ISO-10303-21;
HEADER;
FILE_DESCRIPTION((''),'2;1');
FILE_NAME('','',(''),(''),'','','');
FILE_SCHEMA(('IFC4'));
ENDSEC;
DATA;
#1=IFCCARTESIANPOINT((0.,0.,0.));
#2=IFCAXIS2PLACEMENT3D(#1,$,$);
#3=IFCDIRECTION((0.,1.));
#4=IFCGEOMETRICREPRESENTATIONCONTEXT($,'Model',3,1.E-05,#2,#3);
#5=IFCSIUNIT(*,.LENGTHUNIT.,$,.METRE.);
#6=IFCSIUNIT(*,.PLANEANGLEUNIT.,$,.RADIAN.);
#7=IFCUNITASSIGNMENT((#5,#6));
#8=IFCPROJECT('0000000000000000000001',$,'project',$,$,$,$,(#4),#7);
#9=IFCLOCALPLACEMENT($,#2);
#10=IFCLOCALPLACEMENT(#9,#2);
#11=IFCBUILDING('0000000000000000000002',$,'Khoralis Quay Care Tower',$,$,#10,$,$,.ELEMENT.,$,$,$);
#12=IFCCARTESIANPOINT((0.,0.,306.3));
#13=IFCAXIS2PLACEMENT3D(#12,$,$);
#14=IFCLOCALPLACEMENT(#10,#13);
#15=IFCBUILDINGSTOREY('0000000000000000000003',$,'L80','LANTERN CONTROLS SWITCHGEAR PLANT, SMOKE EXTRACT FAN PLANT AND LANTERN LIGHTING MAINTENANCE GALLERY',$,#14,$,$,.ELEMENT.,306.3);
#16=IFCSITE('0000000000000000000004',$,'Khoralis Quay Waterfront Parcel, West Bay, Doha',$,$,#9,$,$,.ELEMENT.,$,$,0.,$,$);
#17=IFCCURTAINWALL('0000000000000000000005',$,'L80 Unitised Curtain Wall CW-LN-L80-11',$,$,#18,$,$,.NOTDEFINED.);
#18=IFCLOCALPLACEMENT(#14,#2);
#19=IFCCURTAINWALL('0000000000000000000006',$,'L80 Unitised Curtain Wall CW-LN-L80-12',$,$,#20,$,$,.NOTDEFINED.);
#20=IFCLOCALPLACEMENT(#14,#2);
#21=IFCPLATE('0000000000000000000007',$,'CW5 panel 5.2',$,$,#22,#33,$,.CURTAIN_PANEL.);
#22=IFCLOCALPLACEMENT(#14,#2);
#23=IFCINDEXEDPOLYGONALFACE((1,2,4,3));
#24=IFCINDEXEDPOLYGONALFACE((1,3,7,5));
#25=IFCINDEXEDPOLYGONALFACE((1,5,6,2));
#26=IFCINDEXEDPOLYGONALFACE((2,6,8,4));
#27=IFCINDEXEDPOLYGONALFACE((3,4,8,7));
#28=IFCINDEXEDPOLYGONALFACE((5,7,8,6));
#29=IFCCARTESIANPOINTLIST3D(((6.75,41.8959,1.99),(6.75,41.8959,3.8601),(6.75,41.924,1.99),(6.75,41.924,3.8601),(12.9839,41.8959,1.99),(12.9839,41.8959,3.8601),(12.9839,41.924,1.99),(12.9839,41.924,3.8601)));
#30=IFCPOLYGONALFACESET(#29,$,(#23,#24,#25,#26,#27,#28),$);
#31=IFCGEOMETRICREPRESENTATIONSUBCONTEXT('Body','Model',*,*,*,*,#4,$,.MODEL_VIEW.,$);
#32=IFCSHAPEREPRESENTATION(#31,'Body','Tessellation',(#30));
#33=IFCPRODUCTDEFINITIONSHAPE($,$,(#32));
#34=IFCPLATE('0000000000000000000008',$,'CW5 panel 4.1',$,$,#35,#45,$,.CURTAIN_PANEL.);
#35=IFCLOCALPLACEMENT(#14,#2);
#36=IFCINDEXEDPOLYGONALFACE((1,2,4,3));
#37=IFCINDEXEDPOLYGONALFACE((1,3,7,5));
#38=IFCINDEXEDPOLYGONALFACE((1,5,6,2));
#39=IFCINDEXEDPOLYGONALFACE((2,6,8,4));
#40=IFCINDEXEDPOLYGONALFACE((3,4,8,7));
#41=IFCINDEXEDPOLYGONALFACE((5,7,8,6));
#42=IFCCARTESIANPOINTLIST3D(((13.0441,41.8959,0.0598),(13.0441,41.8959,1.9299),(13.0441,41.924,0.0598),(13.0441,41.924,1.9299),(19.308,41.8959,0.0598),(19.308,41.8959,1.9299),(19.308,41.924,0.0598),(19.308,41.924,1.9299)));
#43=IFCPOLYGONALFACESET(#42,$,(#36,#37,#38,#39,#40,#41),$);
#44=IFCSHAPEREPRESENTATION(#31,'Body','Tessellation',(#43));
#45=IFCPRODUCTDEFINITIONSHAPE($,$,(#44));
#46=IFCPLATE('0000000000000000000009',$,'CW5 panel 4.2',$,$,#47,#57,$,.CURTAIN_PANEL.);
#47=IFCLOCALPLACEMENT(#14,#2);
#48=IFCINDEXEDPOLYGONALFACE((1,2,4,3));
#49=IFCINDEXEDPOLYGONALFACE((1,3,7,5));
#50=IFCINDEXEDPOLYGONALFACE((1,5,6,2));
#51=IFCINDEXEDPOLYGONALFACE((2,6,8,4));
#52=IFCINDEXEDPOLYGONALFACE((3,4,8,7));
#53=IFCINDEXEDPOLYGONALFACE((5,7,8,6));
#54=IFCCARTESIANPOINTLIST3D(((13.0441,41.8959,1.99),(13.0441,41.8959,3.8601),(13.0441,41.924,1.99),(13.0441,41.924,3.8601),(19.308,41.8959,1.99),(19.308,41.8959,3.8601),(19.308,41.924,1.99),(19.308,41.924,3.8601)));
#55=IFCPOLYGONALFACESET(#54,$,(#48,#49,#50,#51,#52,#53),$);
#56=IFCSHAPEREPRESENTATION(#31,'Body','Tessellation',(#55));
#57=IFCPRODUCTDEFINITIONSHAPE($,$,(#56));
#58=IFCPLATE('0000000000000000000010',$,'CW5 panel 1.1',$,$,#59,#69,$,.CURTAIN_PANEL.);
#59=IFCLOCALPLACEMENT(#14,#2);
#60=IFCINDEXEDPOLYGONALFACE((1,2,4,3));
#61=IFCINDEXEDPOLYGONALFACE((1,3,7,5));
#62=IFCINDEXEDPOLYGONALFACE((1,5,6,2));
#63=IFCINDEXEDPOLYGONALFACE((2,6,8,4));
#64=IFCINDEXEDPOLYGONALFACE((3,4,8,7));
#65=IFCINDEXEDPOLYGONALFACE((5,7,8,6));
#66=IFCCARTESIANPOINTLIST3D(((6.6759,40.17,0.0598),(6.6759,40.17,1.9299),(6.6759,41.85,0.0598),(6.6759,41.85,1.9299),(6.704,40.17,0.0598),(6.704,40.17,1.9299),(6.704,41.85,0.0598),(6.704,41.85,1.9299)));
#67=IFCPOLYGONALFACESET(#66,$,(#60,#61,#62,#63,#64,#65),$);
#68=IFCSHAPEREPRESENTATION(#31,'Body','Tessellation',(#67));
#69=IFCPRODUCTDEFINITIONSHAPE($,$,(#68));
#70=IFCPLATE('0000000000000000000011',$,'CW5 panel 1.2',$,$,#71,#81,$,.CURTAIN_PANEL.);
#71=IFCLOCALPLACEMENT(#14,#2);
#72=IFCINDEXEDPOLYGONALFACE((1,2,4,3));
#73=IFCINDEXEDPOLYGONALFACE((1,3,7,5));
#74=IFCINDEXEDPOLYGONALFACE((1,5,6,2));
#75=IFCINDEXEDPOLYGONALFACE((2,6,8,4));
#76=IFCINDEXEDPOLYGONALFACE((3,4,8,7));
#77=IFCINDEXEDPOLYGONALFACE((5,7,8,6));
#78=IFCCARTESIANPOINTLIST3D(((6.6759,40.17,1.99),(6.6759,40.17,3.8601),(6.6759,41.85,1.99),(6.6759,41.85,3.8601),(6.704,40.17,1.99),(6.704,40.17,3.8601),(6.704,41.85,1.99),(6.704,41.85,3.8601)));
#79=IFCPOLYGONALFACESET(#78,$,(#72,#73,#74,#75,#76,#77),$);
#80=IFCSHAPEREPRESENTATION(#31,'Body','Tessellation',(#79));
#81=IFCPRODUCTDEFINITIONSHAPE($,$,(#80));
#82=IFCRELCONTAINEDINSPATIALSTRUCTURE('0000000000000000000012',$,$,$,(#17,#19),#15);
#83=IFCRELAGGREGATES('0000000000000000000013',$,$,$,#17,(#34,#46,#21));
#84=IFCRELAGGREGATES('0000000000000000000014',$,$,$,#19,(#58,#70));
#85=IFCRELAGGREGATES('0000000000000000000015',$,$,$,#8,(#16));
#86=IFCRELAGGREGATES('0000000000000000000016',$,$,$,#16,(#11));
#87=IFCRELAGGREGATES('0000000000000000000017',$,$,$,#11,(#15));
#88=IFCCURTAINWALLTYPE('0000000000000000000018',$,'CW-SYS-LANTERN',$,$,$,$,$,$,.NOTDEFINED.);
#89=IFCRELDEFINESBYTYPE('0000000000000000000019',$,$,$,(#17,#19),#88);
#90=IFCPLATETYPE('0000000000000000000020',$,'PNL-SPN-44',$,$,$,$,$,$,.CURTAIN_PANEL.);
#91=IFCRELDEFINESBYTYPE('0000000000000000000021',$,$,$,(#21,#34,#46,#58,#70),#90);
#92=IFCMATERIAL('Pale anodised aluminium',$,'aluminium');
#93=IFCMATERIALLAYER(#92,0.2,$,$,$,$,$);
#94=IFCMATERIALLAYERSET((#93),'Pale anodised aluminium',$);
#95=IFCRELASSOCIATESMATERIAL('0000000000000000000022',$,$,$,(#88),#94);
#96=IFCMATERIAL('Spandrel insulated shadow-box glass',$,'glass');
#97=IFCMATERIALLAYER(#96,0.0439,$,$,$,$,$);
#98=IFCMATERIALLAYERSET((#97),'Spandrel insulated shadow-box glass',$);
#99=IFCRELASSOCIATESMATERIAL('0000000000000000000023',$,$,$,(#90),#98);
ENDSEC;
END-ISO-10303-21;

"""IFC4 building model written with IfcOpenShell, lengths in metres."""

from ifc_helpers import new_model, si_unit, direction, frame, origin, origin_2d, place, context, subcontext, project, spatial, rectangle, extrude, source, transform, mapped, material, layer, layer_set, type_object, element, aggregate, save


model = new_model("IFC4")

# Units and contexts
model_context = context("Model", 3, precision=1e-05, world=origin(), true_north=direction((0.0, 1.0)))
body_context = subcontext(model_context, "Body", "Model", "MODEL_VIEW")
ifc_project = project(units=[si_unit("LENGTHUNIT", "METRE"), si_unit("PLANEANGLEUNIT", "RADIAN")], contexts=[model_context])

# Site, building, storey
site_placement = place(None, origin())
site = spatial("IfcSite", under=ifc_project, at=site_placement, Name="Khoralis Quay Waterfront Parcel, West Bay, Doha", CompositionType="ELEMENT", RefElevation=0.0)
building_placement = place(site_placement, origin())
building = spatial("IfcBuilding", under=site, at=building_placement, Name="Khoralis Quay Care Tower", CompositionType="ELEMENT")
storey_placement = place(building_placement, frame((0.0, 0.0, 306.3)))
storey = spatial("IfcBuildingStorey", under=building, at=storey_placement, Name="L80", Description="LANTERN CONTROLS SWITCHGEAR PLANT, SMOKE EXTRACT FAN PLANT AND LANTERN LIGHTING MAINTENANCE GALLERY", CompositionType="ELEMENT", Elevation=306.3)

# Curtain walls
ifc_material_1 = material(Name="Pale anodised aluminium", Category="aluminium")
ifc_layer_1 = layer(ifc_material_1, 0.2)
ifc_layer_set_1 = layer_set([ifc_layer_1], Name="Pale anodised aluminium")
curtain_wall_type = type_object("IfcCurtainWallType", Name="CW-SYS-LANTERN", PredefinedType="NOTDEFINED", material=ifc_layer_set_1)
curtain_wall_1_placement = place(storey_placement, origin())
curtain_wall_1 = element("IfcCurtainWall", 1, at=curtain_wall_1_placement, inside=storey, type_object=curtain_wall_type, Name="L80 Unitised Curtain Wall CW-LN-L80-11", PredefinedType="NOTDEFINED")
curtain_wall_2_placement = place(storey_placement, origin())
curtain_wall_2 = element("IfcCurtainWall", 2, at=curtain_wall_2_placement, inside=storey, type_object=curtain_wall_type, Name="L80 Unitised Curtain Wall CW-LN-L80-12", PredefinedType="NOTDEFINED")

# Plates
ifc_material_2 = material(Name="Spandrel insulated shadow-box glass", Category="glass")
ifc_layer_2 = layer(ifc_material_2, 0.0439)
ifc_layer_set_2 = layer_set([ifc_layer_2], Name="Spandrel insulated shadow-box glass")
plate_type = type_object("IfcPlateType", Name="PNL-SPN-44", PredefinedType="CURTAIN_PANEL", material=ifc_layer_set_2)
shared_shape_1 = source(origin(), body_context, "Body", "SweptSolid", [
    extrude(rectangle(XDim=6.2339, YDim=0.0281, at=origin_2d()), origin(), (0.0, 0.0, 1.0), 1.8701),
])
plate_1_placement = place(storey_placement, frame((9.8669, 41.9099, 1.99), z_axis=(0.0, 0.0, 1.0), x_axis=(-1.0, 0.0, 0.0)))
plate_1 = element("IfcPlate", 3, at=plate_1_placement, type_object=plate_type, Name="CW5 panel 5.2", PredefinedType="CURTAIN_PANEL", context=body_context, shape_type="MappedRepresentation", body=[
    mapped(shared_shape_1, transform((0.0, 0.0, 0.0), scale=1.0)),
])
shared_shape_2 = source(origin(), body_context, "Body", "SweptSolid", [
    extrude(rectangle(XDim=6.2639, YDim=0.0281, at=origin_2d()), origin(), (0.0, 0.0, 1.0), 1.8701),
])
plate_2_placement = place(storey_placement, frame((16.176, 41.9099, 0.0598), z_axis=(0.0, 0.0, 1.0), x_axis=(-1.0, 0.0, 0.0)))
plate_2 = element("IfcPlate", 4, at=plate_2_placement, type_object=plate_type, Name="CW5 panel 4.1", PredefinedType="CURTAIN_PANEL", context=body_context, shape_type="MappedRepresentation", body=[
    mapped(shared_shape_2, transform((0.0, 0.0, 0.0), scale=1.0)),
])
plate_3_placement = place(storey_placement, frame((16.176, 41.9099, 1.99), z_axis=(0.0, 0.0, 1.0), x_axis=(-1.0, 0.0, 0.0)))
plate_3 = element("IfcPlate", 5, at=plate_3_placement, type_object=plate_type, Name="CW5 panel 4.2", PredefinedType="CURTAIN_PANEL", context=body_context, shape_type="MappedRepresentation", body=[
    mapped(shared_shape_2, transform((0.0, 0.0, 0.0), scale=1.0)),
])
aggregate(curtain_wall_1, [plate_2, plate_3, plate_1])
shared_shape_3 = source(origin(), body_context, "Body", "SweptSolid", [
    extrude(rectangle(XDim=1.6799, YDim=0.0281, at=origin_2d()), origin(), (0.0, 0.0, 1.0), 1.8701),
])
plate_4_placement = place(storey_placement, frame((6.6899, 41.01, 0.0598), z_axis=(0.0, 0.0, 1.0), x_axis=(0.0, -1.0, 0.0)))
plate_4 = element("IfcPlate", 6, at=plate_4_placement, type_object=plate_type, Name="CW5 panel 1.1", PredefinedType="CURTAIN_PANEL", context=body_context, shape_type="MappedRepresentation", body=[
    mapped(shared_shape_3, transform((0.0, 0.0, 0.0), scale=1.0)),
])
plate_5_placement = place(storey_placement, frame((6.6899, 41.01, 1.99), z_axis=(0.0, 0.0, 1.0), x_axis=(0.0, -1.0, 0.0)))
plate_5 = element("IfcPlate", 7, at=plate_5_placement, type_object=plate_type, Name="CW5 panel 1.2", PredefinedType="CURTAIN_PANEL", context=body_context, shape_type="MappedRepresentation", body=[
    mapped(shared_shape_3, transform((0.0, 0.0, 0.0), scale=1.0)),
])
aggregate(curtain_wall_2, [plate_4, plate_5])

save(model, "model.ifc")
